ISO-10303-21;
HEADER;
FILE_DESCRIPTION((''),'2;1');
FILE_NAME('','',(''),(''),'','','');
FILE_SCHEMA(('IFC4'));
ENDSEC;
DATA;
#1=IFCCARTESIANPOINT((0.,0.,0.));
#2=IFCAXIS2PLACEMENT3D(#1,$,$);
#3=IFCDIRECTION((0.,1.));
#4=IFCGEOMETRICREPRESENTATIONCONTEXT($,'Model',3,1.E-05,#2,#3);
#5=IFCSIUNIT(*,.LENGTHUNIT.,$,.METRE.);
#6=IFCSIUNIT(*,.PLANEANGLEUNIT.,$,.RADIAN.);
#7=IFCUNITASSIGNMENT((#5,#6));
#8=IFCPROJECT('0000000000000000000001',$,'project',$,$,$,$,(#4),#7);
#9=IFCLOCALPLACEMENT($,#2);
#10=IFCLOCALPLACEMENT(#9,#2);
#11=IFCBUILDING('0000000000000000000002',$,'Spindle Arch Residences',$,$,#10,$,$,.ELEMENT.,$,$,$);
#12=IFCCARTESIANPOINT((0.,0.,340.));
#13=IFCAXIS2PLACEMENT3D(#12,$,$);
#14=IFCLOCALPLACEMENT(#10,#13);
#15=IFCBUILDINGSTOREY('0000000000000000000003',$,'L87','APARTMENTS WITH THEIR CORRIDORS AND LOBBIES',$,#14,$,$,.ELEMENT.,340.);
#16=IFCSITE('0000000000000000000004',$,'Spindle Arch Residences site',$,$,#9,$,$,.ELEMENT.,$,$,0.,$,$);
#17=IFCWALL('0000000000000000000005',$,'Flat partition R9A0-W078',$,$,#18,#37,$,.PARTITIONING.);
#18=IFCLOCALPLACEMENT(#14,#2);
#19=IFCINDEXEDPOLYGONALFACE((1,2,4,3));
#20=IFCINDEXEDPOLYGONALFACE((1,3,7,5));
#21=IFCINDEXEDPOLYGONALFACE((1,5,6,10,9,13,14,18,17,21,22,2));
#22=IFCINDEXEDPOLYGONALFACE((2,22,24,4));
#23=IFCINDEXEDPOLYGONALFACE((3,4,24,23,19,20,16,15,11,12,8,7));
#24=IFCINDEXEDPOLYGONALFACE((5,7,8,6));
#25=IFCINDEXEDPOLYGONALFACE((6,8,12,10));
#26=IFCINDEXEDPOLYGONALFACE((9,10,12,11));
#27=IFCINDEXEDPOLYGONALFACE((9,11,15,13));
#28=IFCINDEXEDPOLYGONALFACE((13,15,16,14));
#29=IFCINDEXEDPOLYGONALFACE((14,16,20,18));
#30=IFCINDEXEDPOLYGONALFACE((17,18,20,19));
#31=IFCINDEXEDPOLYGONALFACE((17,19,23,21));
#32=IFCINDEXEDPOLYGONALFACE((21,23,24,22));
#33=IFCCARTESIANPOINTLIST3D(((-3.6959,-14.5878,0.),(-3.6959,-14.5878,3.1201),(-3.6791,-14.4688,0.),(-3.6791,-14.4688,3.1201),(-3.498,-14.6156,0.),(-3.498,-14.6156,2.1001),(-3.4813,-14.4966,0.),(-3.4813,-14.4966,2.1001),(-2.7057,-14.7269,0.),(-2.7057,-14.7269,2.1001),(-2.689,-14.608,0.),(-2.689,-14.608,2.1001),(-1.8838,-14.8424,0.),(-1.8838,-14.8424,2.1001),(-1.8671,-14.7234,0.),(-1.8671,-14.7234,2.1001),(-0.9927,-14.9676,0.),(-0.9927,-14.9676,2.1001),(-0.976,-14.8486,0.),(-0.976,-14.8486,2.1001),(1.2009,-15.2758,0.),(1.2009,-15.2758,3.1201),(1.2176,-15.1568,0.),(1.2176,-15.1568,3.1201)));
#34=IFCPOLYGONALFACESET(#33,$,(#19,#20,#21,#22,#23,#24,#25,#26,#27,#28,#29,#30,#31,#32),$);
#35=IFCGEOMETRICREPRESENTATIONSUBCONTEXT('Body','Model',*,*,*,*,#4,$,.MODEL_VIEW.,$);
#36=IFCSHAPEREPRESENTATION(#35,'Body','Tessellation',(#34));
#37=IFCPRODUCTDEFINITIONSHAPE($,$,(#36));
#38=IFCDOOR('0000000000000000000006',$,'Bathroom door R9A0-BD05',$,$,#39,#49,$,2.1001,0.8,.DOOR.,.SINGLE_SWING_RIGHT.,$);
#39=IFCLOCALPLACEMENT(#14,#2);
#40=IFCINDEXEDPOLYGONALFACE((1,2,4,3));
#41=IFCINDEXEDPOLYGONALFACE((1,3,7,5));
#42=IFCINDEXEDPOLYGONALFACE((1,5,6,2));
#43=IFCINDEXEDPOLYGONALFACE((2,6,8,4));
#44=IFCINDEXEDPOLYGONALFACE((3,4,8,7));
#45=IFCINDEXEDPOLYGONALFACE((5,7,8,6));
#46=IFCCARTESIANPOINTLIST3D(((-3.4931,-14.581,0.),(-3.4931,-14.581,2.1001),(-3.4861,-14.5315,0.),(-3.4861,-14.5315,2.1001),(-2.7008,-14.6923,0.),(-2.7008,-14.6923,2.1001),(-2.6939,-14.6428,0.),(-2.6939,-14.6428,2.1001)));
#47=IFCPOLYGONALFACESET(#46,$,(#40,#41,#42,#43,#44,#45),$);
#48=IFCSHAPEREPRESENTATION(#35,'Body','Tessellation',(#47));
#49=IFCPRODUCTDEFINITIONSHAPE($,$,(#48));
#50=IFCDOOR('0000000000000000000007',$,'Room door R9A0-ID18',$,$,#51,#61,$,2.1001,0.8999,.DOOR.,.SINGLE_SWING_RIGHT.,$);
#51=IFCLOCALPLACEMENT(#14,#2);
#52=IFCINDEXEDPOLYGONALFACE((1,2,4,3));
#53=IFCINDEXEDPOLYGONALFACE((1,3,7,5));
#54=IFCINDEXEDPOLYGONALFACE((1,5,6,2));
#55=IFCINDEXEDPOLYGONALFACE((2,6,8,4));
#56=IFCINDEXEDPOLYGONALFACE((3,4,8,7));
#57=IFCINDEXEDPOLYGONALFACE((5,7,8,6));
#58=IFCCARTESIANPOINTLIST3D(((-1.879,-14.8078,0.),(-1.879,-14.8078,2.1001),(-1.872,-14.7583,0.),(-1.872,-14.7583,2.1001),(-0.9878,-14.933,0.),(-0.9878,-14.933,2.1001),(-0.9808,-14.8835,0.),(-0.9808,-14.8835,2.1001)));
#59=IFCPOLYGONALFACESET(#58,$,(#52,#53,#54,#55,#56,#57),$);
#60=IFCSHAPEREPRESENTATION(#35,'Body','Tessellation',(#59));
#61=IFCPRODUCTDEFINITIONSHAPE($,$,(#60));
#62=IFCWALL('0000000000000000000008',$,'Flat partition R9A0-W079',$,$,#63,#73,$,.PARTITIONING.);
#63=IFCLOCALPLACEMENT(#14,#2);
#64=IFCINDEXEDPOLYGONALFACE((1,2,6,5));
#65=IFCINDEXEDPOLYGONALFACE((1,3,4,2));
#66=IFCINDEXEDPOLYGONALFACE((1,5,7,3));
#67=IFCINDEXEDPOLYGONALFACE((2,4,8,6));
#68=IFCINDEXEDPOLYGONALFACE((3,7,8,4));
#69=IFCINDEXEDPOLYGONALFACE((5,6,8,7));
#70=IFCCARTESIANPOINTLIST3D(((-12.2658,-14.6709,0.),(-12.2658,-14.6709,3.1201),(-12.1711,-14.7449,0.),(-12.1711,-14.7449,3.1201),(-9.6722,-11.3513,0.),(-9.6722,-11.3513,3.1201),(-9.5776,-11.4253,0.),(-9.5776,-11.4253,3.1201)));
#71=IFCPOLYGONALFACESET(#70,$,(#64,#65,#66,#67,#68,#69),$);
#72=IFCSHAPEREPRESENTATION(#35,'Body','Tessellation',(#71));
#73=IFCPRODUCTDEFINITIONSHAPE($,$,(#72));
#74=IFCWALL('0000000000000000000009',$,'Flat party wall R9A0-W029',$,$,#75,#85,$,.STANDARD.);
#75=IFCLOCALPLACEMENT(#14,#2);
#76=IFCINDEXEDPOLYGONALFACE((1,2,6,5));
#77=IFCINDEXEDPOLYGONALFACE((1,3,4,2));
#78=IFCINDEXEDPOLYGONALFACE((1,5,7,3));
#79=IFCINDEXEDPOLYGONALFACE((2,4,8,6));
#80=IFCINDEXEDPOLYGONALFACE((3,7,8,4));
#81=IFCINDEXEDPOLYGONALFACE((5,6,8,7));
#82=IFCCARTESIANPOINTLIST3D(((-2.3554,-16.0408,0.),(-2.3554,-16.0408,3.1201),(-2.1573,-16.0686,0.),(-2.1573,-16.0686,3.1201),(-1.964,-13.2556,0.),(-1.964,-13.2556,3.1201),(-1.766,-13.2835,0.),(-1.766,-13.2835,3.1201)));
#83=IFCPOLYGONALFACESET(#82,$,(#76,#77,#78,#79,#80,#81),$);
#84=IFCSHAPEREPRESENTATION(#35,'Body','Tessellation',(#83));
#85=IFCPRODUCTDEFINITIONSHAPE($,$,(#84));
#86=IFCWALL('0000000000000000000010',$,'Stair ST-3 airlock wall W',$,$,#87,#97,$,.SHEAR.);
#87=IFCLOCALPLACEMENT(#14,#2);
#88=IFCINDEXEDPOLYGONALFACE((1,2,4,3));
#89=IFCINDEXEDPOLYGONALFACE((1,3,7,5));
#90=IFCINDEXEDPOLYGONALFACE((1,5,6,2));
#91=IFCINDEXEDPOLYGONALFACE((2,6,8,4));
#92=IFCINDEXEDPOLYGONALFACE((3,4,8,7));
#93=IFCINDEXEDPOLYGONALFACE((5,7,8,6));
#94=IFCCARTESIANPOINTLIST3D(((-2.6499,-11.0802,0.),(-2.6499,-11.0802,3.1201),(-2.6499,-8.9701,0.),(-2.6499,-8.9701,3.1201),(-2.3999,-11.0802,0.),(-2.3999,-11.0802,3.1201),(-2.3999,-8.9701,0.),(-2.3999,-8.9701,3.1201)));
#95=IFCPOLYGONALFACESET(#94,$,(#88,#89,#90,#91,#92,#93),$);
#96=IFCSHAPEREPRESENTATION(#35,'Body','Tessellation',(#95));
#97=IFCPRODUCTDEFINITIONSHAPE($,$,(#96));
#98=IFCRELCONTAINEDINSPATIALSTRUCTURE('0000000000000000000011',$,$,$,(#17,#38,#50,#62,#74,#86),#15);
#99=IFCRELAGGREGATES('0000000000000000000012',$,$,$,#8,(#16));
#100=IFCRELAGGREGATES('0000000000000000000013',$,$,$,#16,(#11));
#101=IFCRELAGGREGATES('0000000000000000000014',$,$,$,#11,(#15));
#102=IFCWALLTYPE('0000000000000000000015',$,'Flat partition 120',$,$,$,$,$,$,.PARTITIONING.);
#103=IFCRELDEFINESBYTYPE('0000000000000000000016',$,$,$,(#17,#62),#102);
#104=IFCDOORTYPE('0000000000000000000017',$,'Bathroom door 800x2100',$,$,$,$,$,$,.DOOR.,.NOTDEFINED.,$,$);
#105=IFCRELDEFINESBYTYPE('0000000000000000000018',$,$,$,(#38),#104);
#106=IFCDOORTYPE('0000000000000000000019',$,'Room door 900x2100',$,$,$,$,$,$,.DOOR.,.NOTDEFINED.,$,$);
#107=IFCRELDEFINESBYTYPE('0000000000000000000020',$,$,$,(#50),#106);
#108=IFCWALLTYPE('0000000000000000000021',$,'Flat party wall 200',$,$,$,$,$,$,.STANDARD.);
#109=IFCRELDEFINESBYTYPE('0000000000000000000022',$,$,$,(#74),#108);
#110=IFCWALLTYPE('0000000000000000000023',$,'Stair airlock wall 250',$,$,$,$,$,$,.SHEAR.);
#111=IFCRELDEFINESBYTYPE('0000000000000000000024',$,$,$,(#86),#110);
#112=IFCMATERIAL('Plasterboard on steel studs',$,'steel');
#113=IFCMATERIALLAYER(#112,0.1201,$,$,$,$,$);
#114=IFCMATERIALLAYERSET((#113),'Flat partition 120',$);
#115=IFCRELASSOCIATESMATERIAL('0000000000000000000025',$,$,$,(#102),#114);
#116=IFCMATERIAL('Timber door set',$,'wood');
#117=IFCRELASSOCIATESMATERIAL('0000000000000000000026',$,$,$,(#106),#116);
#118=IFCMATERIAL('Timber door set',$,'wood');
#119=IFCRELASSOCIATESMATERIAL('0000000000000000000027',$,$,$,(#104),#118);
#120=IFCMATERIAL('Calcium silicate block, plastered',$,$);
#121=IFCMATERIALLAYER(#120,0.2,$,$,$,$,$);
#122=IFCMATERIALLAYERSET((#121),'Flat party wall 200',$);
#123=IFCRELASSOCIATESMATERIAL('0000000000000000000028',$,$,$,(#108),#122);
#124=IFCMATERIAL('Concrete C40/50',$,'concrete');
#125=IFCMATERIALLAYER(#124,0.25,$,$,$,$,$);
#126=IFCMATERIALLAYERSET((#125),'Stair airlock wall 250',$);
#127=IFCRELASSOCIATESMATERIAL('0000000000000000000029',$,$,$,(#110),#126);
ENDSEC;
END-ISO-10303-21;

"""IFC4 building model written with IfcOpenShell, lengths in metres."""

from ifc_helpers import new_model, si_unit, direction, frame, frame_2d, origin, place, context, subcontext, project, spatial, rectangle, extrude, material, layer, layer_set, type_object, element, fill, save


model = new_model("IFC4")

# Units and contexts
model_context = context("Model", 3, precision=1e-05, world=origin(), true_north=direction((0.0, 1.0)))
body_context = subcontext(model_context, "Body", "Model", "MODEL_VIEW")
ifc_project = project(units=[si_unit("LENGTHUNIT", "METRE"), si_unit("PLANEANGLEUNIT", "RADIAN")], contexts=[model_context])

# Site, building, storey
site_placement = place(None, origin())
site = spatial("IfcSite", under=ifc_project, at=site_placement, Name="Spindle Arch Residences site", CompositionType="ELEMENT", RefElevation=0.0)
building_placement = place(site_placement, origin())
building = spatial("IfcBuilding", under=site, at=building_placement, Name="Spindle Arch Residences", CompositionType="ELEMENT")
storey_placement = place(building_placement, frame((0.0, 0.0, 340.0)))
storey = spatial("IfcBuildingStorey", under=building, at=storey_placement, Name="L87", Description="APARTMENTS WITH THEIR CORRIDORS AND LOBBIES", CompositionType="ELEMENT", Elevation=340.0)

# Shared definitions
ifc_material_1 = material(Name="Plasterboard on steel studs", Category="steel")
ifc_layer_1 = layer(ifc_material_1, 0.1201)
ifc_layer_set_1 = layer_set([ifc_layer_1], Name="Flat partition 120")
wall_type_1 = type_object("IfcWallType", Name="Flat partition 120", PredefinedType="PARTITIONING", material=ifc_layer_set_1)
ifc_material_2 = material(Name="Timber door set", Category="wood")
door_type_1 = type_object("IfcDoorType", Name="Room door 900x2100", OperationType="NOTDEFINED", PredefinedType="DOOR", material=ifc_material_2)

# Wall, openings, doors
wall_1_placement = place(storey_placement, frame((-3.6875, -14.5283, 0.0), z_axis=(0.0, 0.0, 1.0), x_axis=(0.990274, -0.139133, 0.0)))
wall_1 = element("IfcWall", 1, at=wall_1_placement, inside=storey, type_object=wall_type_1, Name="Flat partition R9A0-W078", PredefinedType="PARTITIONING", context=body_context, shape_type="SweptSolid", body=[
    extrude(rectangle(XDim=4.9448, YDim=0.1201, at=frame_2d((2.4724, 0.0))), origin(), (0.0, 0.0, 1.0), 3.1201),
])
opening_1_placement = place(wall_1_placement, frame((0.2, 0.0, 0.0)))
opening_1 = element("IfcOpeningElement", 2, at=opening_1_placement, cuts=wall_1, PredefinedType="OPENING", context=body_context, shape_type="SweptSolid", body=[
    extrude(rectangle(XDim=0.8, YDim=2.1001, at=frame_2d((0.3999, 1.05))), frame((0.0, 0.0701, 0.0), z_axis=(0.0, -1.0, 0.0), x_axis=(1.0, 0.0, 0.0)), (0.0, 0.0, 1.0), 0.1401),
])
opening_2_placement = place(wall_1_placement, frame((1.8298, 0.0, 0.0)))
opening_2 = element("IfcOpeningElement", 3, at=opening_2_placement, cuts=wall_1, PredefinedType="OPENING", context=body_context, shape_type="SweptSolid", body=[
    extrude(rectangle(XDim=0.8999, YDim=2.1001, at=frame_2d((0.45, 1.05))), frame((0.0, 0.0701, 0.0), z_axis=(0.0, -1.0, 0.0), x_axis=(1.0, 0.0, 0.0)), (0.0, 0.0, 1.0), 0.1401),
])
ifc_material_3 = material(Name="Timber door set", Category="wood")
door_type_2 = type_object("IfcDoorType", Name="Bathroom door 800x2100", OperationType="NOTDEFINED", PredefinedType="DOOR", material=ifc_material_3)
door_1_placement = place(opening_1_placement, origin())
door_1 = element("IfcDoor", 4, at=door_1_placement, inside=storey, type_object=door_type_2, Name="Bathroom door R9A0-BD05", OperationType="SINGLE_SWING_RIGHT", OverallHeight=2.1001, OverallWidth=0.8, PredefinedType="DOOR", context=body_context, shape_type="SweptSolid", body=[
    extrude(rectangle(XDim=0.8, YDim=2.1001, at=frame_2d((0.3999, 1.05))), frame((0.0, 0.0249, 0.0), z_axis=(0.0, -1.0, 0.0), x_axis=(1.0, 0.0, 0.0)), (0.0, 0.0, 1.0), 0.05),
])
fill(opening_1, door_1)
door_2_placement = place(opening_2_placement, origin())
door_2 = element("IfcDoor", 5, at=door_2_placement, inside=storey, type_object=door_type_1, Name="Room door R9A0-ID18", OperationType="SINGLE_SWING_RIGHT", OverallHeight=2.1001, OverallWidth=0.8999, PredefinedType="DOOR", context=body_context, shape_type="SweptSolid", body=[
    extrude(rectangle(XDim=0.8999, YDim=2.1001, at=frame_2d((0.45, 1.05))), frame((0.0, 0.0249, 0.0), z_axis=(0.0, -1.0, 0.0), x_axis=(1.0, 0.0, 0.0)), (0.0, 0.0, 1.0), 0.05),
])
fill(opening_2, door_2)

# Walls
wall_2_placement = place(storey_placement, frame((-12.2185, -14.708, 0.0), z_axis=(0.0, 0.0, 1.0), x_axis=(0.615656, 0.788015, 0.0)))
element("IfcWall", 6, at=wall_2_placement, inside=storey, type_object=wall_type_1, Name="Flat partition R9A0-W079", PredefinedType="PARTITIONING", context=body_context, shape_type="SweptSolid", body=[
    extrude(rectangle(XDim=4.2126, YDim=0.1201, at=frame_2d((2.1064, 0.0))), origin(), (0.0, 0.0, 1.0), 3.1201),
])
ifc_material_4 = material(Name="Calcium silicate block, plastered")
ifc_layer_2 = layer(ifc_material_4, 0.2)
ifc_layer_set_2 = layer_set([ifc_layer_2], Name="Flat party wall 200")
wall_type_2 = type_object("IfcWallType", Name="Flat party wall 200", PredefinedType="STANDARD", material=ifc_layer_set_2)
wall_3_placement = place(storey_placement, frame((-2.2563, -16.0547, 0.0), z_axis=(0.0, 0.0, 1.0), x_axis=(0.139148, 0.990272, 0.0)))
element("IfcWall", 7, at=wall_3_placement, inside=storey, type_object=wall_type_2, Name="Flat party wall R9A0-W029", PredefinedType="STANDARD", context=body_context, shape_type="SweptSolid", body=[
    extrude(rectangle(XDim=2.8125, YDim=0.2, at=frame_2d((1.4062, 0.0))), origin(), (0.0, 0.0, 1.0), 3.1201),
])
ifc_material_5 = material(Name="Concrete C40/50", Category="concrete")
ifc_layer_3 = layer(ifc_material_5, 0.25)
ifc_layer_set_3 = layer_set([ifc_layer_3], Name="Stair airlock wall 250")
wall_type_3 = type_object("IfcWallType", Name="Stair airlock wall 250", PredefinedType="SHEAR", material=ifc_layer_set_3)
wall_4_placement = place(storey_placement, frame((-2.5249, -8.97, 0.0), z_axis=(0.0, 0.0, 1.0), x_axis=(0.0, -1.0, 0.0)))
element("IfcWall", 8, at=wall_4_placement, inside=storey, type_object=wall_type_3, Name="Stair ST-3 airlock wall W", PredefinedType="SHEAR", context=body_context, shape_type="SweptSolid", body=[
    extrude(rectangle(XDim=2.1101, YDim=0.25, at=frame_2d((1.0552, 0.0))), origin(), (0.0, 0.0, 1.0), 3.1201),
])

save(model, "model.ifc")
